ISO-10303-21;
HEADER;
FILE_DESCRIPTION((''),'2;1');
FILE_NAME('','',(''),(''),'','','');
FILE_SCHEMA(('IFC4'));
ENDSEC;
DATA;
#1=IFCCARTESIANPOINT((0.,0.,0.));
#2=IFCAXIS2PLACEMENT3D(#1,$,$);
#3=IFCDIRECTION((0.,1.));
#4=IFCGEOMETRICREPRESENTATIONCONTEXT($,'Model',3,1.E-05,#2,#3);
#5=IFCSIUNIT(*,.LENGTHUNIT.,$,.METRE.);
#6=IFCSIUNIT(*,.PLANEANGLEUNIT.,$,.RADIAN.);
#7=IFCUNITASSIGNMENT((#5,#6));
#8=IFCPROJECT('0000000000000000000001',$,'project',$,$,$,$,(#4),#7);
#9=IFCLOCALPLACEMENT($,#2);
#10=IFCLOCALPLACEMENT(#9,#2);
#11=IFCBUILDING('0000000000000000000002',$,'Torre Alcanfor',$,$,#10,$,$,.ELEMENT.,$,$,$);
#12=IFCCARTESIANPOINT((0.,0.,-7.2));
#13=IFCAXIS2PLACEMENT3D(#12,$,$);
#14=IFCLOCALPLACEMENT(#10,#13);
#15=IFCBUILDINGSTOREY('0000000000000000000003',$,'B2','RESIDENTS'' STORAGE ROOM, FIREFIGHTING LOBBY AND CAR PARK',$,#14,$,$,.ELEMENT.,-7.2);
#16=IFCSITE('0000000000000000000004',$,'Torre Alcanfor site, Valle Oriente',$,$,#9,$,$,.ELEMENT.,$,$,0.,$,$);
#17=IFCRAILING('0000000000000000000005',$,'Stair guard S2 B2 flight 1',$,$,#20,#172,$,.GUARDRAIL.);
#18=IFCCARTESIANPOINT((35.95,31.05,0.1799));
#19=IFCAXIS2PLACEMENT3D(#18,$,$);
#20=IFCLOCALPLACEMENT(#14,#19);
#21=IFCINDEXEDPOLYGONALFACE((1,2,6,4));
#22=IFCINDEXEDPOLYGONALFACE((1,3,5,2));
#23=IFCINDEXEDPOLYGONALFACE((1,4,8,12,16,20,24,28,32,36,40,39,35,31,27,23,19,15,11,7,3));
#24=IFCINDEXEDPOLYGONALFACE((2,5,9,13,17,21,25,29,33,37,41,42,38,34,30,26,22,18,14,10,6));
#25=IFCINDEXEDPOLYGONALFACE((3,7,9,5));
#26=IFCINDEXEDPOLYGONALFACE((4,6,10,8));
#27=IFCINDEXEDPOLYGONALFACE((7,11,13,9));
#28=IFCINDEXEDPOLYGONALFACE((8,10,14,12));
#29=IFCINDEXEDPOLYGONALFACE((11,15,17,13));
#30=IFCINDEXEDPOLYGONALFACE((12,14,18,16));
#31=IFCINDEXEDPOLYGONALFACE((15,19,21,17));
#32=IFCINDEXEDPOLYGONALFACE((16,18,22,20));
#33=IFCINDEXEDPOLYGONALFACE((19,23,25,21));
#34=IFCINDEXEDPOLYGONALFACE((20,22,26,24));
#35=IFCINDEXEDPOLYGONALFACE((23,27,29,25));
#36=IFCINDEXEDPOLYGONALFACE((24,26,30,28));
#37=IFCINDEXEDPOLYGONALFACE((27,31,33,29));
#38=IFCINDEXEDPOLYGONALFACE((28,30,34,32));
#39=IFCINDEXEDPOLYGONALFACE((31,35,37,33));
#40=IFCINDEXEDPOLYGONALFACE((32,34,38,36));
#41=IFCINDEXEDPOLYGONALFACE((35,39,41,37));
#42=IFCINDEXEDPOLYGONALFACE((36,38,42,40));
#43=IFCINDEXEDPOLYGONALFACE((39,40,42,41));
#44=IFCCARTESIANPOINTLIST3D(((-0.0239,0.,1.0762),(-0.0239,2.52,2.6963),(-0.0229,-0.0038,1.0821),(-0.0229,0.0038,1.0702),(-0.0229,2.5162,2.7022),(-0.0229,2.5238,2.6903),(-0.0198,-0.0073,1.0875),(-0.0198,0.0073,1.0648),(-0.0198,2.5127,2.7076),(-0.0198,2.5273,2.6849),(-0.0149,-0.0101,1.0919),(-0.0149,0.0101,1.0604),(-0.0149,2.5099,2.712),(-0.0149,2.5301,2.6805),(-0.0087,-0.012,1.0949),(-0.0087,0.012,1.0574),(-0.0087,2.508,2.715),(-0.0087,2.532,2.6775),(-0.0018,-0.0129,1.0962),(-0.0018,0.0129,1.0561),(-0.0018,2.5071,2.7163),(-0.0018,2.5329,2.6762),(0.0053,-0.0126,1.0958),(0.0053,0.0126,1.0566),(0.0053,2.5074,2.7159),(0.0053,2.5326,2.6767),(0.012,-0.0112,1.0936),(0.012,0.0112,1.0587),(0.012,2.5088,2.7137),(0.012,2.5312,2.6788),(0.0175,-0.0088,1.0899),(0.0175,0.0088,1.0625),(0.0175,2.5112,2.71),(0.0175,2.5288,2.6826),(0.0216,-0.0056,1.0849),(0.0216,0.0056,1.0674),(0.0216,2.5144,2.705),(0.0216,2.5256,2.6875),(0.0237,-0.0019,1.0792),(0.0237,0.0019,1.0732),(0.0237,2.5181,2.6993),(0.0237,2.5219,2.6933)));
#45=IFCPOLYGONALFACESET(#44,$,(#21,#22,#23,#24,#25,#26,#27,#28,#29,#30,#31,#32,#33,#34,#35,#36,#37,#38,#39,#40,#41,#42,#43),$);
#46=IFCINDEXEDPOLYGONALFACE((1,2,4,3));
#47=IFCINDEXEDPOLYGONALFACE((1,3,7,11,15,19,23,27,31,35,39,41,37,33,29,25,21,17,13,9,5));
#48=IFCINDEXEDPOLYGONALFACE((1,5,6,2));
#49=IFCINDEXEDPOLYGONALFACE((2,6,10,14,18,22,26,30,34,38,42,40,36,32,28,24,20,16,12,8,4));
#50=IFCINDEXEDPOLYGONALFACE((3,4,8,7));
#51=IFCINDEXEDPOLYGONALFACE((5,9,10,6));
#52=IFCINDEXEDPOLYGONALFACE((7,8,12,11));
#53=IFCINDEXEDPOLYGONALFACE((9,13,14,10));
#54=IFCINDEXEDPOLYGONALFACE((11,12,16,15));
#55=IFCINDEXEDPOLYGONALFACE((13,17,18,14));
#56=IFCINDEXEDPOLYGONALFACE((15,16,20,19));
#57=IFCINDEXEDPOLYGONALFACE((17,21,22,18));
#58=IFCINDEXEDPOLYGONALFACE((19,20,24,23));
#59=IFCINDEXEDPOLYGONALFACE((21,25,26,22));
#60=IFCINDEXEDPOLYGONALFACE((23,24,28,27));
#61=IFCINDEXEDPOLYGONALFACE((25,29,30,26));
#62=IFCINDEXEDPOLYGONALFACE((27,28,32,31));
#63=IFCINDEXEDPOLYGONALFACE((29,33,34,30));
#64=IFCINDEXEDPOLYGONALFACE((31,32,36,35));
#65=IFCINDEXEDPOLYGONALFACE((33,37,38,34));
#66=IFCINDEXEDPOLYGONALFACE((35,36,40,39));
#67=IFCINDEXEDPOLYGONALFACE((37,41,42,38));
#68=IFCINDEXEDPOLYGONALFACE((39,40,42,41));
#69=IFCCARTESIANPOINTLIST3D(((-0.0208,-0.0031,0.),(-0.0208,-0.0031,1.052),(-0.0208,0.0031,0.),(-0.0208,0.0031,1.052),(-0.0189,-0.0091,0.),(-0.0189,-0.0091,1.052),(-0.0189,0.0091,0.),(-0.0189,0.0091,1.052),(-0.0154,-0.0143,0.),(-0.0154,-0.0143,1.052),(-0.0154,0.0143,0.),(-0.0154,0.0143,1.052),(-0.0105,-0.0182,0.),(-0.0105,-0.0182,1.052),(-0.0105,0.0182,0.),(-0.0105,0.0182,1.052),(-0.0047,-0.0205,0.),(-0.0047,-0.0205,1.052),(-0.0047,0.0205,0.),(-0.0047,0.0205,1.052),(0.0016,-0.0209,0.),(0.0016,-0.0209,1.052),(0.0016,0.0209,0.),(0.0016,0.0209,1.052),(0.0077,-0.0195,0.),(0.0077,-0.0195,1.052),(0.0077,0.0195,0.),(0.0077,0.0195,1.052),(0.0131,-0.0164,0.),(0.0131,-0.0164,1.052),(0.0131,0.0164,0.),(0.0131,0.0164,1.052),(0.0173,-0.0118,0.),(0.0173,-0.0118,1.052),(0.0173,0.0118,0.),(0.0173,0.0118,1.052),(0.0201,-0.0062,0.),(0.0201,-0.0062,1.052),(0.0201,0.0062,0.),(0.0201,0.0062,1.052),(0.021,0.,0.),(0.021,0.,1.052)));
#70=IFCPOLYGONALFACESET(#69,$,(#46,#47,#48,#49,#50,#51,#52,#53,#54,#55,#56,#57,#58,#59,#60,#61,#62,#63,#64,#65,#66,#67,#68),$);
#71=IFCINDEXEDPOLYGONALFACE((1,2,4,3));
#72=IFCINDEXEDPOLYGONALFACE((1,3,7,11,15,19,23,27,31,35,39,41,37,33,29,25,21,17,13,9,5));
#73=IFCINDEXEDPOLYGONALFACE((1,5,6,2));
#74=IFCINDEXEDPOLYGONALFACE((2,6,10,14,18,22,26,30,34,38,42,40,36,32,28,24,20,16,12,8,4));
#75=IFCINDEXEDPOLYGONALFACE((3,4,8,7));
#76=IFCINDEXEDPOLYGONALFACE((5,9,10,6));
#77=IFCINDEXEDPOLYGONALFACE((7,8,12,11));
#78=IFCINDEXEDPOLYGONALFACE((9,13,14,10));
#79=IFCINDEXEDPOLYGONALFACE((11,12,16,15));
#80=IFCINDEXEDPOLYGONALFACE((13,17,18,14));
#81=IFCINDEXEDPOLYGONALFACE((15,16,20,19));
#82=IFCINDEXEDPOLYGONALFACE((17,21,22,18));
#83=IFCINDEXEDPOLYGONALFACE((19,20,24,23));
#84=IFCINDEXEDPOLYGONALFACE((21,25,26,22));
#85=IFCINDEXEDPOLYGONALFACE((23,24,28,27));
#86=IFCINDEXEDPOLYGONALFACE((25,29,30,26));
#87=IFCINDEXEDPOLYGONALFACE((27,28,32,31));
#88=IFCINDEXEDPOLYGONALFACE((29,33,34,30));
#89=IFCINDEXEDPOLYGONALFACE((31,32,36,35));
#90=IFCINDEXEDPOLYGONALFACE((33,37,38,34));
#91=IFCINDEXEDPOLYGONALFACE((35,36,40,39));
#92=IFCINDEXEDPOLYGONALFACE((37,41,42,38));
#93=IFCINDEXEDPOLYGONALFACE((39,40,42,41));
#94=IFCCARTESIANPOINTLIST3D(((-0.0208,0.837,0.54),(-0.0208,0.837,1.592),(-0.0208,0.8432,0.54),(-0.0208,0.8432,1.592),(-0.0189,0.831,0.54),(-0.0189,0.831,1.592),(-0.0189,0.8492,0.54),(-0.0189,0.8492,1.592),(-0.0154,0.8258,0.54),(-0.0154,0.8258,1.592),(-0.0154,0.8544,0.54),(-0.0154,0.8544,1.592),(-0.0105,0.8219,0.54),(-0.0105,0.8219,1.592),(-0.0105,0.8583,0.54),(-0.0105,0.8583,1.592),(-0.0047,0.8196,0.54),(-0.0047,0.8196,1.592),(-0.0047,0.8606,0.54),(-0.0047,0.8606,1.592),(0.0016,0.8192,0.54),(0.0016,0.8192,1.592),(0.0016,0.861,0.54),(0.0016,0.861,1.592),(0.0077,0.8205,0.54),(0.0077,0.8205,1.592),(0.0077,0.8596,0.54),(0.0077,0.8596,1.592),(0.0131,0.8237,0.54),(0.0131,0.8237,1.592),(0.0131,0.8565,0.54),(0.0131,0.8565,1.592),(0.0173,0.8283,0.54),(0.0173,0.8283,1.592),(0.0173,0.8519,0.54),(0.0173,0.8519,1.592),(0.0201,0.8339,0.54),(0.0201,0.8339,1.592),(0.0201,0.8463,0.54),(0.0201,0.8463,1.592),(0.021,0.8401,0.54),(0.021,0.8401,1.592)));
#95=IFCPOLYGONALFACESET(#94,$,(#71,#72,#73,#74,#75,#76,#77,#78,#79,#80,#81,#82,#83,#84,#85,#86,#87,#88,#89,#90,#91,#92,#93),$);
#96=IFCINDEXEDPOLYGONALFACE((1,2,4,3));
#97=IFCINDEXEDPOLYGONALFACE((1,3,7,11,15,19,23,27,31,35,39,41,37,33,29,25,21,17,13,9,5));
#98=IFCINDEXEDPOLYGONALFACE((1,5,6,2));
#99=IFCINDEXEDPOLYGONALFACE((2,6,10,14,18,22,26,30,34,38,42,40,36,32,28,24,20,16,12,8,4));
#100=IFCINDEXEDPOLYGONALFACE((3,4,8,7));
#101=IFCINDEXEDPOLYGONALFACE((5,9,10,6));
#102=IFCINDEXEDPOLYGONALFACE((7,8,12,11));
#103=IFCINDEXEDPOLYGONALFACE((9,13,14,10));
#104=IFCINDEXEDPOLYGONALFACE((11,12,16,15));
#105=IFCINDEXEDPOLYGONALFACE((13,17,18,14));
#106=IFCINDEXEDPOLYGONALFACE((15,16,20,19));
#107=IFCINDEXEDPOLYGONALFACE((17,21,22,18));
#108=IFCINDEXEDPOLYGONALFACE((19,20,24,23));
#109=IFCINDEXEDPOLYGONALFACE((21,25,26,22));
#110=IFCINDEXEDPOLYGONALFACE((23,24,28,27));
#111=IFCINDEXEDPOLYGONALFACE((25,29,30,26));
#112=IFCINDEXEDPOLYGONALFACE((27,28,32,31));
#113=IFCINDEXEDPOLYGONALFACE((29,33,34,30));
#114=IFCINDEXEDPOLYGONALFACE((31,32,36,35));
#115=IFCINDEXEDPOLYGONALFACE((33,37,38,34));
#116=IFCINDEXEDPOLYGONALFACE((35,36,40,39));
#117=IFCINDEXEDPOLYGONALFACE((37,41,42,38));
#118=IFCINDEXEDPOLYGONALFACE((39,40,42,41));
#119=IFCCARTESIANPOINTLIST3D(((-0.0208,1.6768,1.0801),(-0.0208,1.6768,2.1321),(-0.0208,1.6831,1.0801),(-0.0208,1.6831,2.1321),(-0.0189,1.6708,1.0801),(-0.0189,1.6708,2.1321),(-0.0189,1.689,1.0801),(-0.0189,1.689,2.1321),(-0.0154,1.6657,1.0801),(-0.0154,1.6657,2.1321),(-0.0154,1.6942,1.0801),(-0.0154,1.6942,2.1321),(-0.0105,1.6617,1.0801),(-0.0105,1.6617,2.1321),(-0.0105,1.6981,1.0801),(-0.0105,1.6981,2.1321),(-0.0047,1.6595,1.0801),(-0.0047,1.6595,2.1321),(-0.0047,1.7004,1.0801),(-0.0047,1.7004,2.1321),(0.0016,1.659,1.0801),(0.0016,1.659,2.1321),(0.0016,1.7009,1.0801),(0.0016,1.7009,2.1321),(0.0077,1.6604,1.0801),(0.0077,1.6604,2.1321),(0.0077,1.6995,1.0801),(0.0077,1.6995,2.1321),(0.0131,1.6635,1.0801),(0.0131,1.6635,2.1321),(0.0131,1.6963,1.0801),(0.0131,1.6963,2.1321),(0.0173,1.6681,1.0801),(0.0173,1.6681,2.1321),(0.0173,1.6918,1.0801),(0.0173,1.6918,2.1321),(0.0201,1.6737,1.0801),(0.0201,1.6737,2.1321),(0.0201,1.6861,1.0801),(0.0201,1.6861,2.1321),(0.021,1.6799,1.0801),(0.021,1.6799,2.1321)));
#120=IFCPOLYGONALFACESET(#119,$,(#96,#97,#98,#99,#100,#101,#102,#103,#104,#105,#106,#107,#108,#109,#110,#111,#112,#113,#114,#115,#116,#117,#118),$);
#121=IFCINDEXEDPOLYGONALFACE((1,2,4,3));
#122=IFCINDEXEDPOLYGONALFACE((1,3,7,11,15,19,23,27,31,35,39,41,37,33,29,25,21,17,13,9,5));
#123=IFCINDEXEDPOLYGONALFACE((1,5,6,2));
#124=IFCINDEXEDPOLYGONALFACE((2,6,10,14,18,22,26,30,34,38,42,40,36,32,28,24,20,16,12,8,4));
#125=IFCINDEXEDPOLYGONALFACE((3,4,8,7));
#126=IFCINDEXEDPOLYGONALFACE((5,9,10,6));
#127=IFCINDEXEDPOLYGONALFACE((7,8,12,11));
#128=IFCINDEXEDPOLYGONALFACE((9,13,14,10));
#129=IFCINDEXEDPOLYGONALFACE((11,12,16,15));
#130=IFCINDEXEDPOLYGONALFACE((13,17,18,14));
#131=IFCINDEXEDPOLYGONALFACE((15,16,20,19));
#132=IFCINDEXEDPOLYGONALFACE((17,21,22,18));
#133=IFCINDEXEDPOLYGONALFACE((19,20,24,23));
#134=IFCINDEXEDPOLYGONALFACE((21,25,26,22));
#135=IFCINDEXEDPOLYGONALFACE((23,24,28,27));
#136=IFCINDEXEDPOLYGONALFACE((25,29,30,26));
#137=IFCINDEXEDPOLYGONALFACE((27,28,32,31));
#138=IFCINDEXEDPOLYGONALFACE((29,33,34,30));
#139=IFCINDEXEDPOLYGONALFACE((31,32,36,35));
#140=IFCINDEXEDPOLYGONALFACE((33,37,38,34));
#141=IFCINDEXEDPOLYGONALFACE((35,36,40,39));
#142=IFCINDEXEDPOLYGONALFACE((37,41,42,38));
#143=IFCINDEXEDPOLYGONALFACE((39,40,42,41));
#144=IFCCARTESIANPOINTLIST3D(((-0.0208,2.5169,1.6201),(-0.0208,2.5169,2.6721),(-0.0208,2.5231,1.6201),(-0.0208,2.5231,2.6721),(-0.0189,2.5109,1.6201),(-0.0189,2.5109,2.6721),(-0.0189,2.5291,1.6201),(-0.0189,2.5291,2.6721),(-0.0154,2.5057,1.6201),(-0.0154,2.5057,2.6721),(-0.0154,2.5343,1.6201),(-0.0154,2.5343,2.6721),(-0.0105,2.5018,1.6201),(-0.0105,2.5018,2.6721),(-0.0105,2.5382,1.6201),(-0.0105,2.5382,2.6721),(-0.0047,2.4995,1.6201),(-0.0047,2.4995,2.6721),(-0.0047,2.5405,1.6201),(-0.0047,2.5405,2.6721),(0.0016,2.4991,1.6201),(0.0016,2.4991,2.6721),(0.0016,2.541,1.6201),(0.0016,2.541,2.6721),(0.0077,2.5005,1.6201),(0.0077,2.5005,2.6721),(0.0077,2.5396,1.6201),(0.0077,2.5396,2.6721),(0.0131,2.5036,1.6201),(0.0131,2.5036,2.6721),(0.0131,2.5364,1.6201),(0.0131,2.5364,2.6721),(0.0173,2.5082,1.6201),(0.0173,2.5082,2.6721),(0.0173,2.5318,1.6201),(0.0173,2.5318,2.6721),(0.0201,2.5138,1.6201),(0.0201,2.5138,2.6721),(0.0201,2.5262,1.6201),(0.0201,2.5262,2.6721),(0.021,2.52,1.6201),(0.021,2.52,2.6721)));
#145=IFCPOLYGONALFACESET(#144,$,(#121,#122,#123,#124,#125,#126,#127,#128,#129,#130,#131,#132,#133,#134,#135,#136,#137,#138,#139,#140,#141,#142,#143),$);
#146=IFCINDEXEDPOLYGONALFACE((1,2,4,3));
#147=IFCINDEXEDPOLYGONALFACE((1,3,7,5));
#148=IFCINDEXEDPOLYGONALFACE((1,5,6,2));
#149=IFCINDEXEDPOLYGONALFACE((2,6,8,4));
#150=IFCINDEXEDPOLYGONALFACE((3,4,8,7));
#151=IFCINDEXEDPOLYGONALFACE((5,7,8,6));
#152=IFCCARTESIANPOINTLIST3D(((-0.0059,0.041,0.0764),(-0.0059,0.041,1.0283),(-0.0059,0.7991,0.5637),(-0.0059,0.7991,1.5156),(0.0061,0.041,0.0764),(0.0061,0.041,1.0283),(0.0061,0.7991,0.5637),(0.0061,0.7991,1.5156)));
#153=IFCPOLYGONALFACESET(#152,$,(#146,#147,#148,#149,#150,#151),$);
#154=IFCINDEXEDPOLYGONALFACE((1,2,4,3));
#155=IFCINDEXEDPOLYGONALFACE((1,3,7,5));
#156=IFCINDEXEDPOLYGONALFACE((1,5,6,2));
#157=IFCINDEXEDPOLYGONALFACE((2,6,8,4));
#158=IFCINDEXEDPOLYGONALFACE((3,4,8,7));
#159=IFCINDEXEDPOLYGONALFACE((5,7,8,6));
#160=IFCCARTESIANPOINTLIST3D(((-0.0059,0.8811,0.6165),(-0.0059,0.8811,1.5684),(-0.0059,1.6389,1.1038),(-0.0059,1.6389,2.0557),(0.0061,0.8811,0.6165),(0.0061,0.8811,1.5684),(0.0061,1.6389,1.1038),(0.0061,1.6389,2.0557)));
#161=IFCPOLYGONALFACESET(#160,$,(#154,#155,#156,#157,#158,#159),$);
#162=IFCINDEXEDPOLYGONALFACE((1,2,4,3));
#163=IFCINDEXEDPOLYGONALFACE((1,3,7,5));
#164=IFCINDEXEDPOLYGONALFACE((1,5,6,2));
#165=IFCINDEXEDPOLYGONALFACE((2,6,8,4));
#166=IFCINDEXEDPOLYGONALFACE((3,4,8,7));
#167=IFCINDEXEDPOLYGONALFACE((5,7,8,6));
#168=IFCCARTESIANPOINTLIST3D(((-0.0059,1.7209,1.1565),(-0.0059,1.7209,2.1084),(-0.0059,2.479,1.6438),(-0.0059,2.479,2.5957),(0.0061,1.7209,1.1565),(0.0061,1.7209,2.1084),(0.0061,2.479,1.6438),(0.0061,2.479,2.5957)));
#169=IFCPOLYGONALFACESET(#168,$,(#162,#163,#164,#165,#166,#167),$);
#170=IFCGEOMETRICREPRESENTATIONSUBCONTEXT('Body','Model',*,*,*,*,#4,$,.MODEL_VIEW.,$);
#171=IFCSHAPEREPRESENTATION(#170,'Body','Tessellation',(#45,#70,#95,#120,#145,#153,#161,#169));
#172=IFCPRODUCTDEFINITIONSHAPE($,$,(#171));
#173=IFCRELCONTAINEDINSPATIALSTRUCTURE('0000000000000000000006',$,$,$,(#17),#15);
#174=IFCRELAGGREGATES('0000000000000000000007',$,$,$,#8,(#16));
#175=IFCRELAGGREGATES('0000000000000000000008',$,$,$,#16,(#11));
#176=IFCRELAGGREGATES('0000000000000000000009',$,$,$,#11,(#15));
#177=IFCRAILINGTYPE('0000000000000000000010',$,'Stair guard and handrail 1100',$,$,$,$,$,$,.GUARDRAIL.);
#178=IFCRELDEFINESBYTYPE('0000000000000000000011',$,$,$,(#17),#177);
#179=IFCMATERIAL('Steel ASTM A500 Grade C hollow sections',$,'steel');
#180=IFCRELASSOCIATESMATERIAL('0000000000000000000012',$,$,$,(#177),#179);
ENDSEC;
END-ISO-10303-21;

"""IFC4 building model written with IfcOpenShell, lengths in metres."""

from ifc_helpers import new_model, si_unit, direction, frame, origin, origin_2d, place, context, subcontext, project, spatial, polyline, circle, outline, extrude, material, type_object, element, save


model = new_model("IFC4")

# Units and contexts
model_context = context("Model", 3, precision=1e-05, world=origin(), true_north=direction((0.0, 1.0)))
body_context = subcontext(model_context, "Body", "Model", "MODEL_VIEW")
ifc_project = project(units=[si_unit("LENGTHUNIT", "METRE"), si_unit("PLANEANGLEUNIT", "RADIAN")], contexts=[model_context])

# Site, building, storey
site_placement = place(None, origin())
site = spatial("IfcSite", under=ifc_project, at=site_placement, Name="Torre Alcanfor site, Valle Oriente", CompositionType="ELEMENT", RefElevation=0.0)
building_placement = place(site_placement, origin())
building = spatial("IfcBuilding", under=site, at=building_placement, Name="Torre Alcanfor", CompositionType="ELEMENT")
storey_placement = place(building_placement, frame((0.0, 0.0, -7.2)))
storey = spatial("IfcBuildingStorey", under=building, at=storey_placement, Name="B2", Description="RESIDENTS' STORAGE ROOM, FIREFIGHTING LOBBY AND CAR PARK", CompositionType="ELEMENT", Elevation=-7.2)

# Railing
ifc_material_1 = material(Name="Steel ASTM A500 Grade C hollow sections", Category="steel")
railing_type_1 = type_object("IfcRailingType", Name="Stair guard and handrail 1100", PredefinedType="GUARDRAIL", material=ifc_material_1)
railing_1_placement = place(storey_placement, frame((35.95, 31.05, 0.1799)))
element("IfcRailing", 1, at=railing_1_placement, inside=storey, type_object=railing_type_1, Name="Stair guard S2 B2 flight 1", PredefinedType="GUARDRAIL", context=body_context, shape_type="SweptSolid", body=[
    extrude(circle(Radius=0.0239, at=origin_2d()), frame((0.0, 0.0, 1.0762), z_axis=(0.0, 0.841163, 0.540782), x_axis=(-1.0, 0.0, 0.0)), (0.0, 0.0, 1.0), 2.9958),
    extrude(circle(Radius=0.021, at=origin_2d()), origin(), (0.0, 0.0, 1.0), 1.052),
    extrude(circle(Radius=0.021, at=origin_2d()), frame((0.0, 0.8401, 0.54)), (0.0, 0.0, 1.0), 1.052),
    extrude(circle(Radius=0.021, at=origin_2d()), frame((0.0, 1.6799, 1.0801)), (0.0, 0.0, 1.0), 1.052),
    extrude(circle(Radius=0.021, at=origin_2d()), frame((0.0, 2.52, 1.6201)), (0.0, 0.0, 1.0), 1.052),
    extrude(outline(polyline([(0.041, 0.0764), (0.7991, 0.5637), (0.7991, 1.5156), (0.041, 1.0283), (0.041, 0.0764)])), frame((-0.0059, 0.0, 0.0), z_axis=(1.0, 0.0, 0.0), x_axis=(0.0, 1.0, 0.0)), (0.0, 0.0, 1.0), 0.012),
    extrude(outline(polyline([(0.8811, 0.6165), (1.6389, 1.1038), (1.6389, 2.0557), (0.8811, 1.5684), (0.8811, 0.6165)])), frame((-0.0059, 0.0, 0.0), z_axis=(1.0, 0.0, 0.0), x_axis=(0.0, 1.0, 0.0)), (0.0, 0.0, 1.0), 0.012),
    extrude(outline(polyline([(1.7209, 1.1565), (2.479, 1.6438), (2.479, 2.5957), (1.7209, 2.1084), (1.7209, 1.1565)])), frame((-0.0059, 0.0, 0.0), z_axis=(1.0, 0.0, 0.0), x_axis=(0.0, 1.0, 0.0)), (0.0, 0.0, 1.0), 0.012),
])

save(model, "model.ifc")
